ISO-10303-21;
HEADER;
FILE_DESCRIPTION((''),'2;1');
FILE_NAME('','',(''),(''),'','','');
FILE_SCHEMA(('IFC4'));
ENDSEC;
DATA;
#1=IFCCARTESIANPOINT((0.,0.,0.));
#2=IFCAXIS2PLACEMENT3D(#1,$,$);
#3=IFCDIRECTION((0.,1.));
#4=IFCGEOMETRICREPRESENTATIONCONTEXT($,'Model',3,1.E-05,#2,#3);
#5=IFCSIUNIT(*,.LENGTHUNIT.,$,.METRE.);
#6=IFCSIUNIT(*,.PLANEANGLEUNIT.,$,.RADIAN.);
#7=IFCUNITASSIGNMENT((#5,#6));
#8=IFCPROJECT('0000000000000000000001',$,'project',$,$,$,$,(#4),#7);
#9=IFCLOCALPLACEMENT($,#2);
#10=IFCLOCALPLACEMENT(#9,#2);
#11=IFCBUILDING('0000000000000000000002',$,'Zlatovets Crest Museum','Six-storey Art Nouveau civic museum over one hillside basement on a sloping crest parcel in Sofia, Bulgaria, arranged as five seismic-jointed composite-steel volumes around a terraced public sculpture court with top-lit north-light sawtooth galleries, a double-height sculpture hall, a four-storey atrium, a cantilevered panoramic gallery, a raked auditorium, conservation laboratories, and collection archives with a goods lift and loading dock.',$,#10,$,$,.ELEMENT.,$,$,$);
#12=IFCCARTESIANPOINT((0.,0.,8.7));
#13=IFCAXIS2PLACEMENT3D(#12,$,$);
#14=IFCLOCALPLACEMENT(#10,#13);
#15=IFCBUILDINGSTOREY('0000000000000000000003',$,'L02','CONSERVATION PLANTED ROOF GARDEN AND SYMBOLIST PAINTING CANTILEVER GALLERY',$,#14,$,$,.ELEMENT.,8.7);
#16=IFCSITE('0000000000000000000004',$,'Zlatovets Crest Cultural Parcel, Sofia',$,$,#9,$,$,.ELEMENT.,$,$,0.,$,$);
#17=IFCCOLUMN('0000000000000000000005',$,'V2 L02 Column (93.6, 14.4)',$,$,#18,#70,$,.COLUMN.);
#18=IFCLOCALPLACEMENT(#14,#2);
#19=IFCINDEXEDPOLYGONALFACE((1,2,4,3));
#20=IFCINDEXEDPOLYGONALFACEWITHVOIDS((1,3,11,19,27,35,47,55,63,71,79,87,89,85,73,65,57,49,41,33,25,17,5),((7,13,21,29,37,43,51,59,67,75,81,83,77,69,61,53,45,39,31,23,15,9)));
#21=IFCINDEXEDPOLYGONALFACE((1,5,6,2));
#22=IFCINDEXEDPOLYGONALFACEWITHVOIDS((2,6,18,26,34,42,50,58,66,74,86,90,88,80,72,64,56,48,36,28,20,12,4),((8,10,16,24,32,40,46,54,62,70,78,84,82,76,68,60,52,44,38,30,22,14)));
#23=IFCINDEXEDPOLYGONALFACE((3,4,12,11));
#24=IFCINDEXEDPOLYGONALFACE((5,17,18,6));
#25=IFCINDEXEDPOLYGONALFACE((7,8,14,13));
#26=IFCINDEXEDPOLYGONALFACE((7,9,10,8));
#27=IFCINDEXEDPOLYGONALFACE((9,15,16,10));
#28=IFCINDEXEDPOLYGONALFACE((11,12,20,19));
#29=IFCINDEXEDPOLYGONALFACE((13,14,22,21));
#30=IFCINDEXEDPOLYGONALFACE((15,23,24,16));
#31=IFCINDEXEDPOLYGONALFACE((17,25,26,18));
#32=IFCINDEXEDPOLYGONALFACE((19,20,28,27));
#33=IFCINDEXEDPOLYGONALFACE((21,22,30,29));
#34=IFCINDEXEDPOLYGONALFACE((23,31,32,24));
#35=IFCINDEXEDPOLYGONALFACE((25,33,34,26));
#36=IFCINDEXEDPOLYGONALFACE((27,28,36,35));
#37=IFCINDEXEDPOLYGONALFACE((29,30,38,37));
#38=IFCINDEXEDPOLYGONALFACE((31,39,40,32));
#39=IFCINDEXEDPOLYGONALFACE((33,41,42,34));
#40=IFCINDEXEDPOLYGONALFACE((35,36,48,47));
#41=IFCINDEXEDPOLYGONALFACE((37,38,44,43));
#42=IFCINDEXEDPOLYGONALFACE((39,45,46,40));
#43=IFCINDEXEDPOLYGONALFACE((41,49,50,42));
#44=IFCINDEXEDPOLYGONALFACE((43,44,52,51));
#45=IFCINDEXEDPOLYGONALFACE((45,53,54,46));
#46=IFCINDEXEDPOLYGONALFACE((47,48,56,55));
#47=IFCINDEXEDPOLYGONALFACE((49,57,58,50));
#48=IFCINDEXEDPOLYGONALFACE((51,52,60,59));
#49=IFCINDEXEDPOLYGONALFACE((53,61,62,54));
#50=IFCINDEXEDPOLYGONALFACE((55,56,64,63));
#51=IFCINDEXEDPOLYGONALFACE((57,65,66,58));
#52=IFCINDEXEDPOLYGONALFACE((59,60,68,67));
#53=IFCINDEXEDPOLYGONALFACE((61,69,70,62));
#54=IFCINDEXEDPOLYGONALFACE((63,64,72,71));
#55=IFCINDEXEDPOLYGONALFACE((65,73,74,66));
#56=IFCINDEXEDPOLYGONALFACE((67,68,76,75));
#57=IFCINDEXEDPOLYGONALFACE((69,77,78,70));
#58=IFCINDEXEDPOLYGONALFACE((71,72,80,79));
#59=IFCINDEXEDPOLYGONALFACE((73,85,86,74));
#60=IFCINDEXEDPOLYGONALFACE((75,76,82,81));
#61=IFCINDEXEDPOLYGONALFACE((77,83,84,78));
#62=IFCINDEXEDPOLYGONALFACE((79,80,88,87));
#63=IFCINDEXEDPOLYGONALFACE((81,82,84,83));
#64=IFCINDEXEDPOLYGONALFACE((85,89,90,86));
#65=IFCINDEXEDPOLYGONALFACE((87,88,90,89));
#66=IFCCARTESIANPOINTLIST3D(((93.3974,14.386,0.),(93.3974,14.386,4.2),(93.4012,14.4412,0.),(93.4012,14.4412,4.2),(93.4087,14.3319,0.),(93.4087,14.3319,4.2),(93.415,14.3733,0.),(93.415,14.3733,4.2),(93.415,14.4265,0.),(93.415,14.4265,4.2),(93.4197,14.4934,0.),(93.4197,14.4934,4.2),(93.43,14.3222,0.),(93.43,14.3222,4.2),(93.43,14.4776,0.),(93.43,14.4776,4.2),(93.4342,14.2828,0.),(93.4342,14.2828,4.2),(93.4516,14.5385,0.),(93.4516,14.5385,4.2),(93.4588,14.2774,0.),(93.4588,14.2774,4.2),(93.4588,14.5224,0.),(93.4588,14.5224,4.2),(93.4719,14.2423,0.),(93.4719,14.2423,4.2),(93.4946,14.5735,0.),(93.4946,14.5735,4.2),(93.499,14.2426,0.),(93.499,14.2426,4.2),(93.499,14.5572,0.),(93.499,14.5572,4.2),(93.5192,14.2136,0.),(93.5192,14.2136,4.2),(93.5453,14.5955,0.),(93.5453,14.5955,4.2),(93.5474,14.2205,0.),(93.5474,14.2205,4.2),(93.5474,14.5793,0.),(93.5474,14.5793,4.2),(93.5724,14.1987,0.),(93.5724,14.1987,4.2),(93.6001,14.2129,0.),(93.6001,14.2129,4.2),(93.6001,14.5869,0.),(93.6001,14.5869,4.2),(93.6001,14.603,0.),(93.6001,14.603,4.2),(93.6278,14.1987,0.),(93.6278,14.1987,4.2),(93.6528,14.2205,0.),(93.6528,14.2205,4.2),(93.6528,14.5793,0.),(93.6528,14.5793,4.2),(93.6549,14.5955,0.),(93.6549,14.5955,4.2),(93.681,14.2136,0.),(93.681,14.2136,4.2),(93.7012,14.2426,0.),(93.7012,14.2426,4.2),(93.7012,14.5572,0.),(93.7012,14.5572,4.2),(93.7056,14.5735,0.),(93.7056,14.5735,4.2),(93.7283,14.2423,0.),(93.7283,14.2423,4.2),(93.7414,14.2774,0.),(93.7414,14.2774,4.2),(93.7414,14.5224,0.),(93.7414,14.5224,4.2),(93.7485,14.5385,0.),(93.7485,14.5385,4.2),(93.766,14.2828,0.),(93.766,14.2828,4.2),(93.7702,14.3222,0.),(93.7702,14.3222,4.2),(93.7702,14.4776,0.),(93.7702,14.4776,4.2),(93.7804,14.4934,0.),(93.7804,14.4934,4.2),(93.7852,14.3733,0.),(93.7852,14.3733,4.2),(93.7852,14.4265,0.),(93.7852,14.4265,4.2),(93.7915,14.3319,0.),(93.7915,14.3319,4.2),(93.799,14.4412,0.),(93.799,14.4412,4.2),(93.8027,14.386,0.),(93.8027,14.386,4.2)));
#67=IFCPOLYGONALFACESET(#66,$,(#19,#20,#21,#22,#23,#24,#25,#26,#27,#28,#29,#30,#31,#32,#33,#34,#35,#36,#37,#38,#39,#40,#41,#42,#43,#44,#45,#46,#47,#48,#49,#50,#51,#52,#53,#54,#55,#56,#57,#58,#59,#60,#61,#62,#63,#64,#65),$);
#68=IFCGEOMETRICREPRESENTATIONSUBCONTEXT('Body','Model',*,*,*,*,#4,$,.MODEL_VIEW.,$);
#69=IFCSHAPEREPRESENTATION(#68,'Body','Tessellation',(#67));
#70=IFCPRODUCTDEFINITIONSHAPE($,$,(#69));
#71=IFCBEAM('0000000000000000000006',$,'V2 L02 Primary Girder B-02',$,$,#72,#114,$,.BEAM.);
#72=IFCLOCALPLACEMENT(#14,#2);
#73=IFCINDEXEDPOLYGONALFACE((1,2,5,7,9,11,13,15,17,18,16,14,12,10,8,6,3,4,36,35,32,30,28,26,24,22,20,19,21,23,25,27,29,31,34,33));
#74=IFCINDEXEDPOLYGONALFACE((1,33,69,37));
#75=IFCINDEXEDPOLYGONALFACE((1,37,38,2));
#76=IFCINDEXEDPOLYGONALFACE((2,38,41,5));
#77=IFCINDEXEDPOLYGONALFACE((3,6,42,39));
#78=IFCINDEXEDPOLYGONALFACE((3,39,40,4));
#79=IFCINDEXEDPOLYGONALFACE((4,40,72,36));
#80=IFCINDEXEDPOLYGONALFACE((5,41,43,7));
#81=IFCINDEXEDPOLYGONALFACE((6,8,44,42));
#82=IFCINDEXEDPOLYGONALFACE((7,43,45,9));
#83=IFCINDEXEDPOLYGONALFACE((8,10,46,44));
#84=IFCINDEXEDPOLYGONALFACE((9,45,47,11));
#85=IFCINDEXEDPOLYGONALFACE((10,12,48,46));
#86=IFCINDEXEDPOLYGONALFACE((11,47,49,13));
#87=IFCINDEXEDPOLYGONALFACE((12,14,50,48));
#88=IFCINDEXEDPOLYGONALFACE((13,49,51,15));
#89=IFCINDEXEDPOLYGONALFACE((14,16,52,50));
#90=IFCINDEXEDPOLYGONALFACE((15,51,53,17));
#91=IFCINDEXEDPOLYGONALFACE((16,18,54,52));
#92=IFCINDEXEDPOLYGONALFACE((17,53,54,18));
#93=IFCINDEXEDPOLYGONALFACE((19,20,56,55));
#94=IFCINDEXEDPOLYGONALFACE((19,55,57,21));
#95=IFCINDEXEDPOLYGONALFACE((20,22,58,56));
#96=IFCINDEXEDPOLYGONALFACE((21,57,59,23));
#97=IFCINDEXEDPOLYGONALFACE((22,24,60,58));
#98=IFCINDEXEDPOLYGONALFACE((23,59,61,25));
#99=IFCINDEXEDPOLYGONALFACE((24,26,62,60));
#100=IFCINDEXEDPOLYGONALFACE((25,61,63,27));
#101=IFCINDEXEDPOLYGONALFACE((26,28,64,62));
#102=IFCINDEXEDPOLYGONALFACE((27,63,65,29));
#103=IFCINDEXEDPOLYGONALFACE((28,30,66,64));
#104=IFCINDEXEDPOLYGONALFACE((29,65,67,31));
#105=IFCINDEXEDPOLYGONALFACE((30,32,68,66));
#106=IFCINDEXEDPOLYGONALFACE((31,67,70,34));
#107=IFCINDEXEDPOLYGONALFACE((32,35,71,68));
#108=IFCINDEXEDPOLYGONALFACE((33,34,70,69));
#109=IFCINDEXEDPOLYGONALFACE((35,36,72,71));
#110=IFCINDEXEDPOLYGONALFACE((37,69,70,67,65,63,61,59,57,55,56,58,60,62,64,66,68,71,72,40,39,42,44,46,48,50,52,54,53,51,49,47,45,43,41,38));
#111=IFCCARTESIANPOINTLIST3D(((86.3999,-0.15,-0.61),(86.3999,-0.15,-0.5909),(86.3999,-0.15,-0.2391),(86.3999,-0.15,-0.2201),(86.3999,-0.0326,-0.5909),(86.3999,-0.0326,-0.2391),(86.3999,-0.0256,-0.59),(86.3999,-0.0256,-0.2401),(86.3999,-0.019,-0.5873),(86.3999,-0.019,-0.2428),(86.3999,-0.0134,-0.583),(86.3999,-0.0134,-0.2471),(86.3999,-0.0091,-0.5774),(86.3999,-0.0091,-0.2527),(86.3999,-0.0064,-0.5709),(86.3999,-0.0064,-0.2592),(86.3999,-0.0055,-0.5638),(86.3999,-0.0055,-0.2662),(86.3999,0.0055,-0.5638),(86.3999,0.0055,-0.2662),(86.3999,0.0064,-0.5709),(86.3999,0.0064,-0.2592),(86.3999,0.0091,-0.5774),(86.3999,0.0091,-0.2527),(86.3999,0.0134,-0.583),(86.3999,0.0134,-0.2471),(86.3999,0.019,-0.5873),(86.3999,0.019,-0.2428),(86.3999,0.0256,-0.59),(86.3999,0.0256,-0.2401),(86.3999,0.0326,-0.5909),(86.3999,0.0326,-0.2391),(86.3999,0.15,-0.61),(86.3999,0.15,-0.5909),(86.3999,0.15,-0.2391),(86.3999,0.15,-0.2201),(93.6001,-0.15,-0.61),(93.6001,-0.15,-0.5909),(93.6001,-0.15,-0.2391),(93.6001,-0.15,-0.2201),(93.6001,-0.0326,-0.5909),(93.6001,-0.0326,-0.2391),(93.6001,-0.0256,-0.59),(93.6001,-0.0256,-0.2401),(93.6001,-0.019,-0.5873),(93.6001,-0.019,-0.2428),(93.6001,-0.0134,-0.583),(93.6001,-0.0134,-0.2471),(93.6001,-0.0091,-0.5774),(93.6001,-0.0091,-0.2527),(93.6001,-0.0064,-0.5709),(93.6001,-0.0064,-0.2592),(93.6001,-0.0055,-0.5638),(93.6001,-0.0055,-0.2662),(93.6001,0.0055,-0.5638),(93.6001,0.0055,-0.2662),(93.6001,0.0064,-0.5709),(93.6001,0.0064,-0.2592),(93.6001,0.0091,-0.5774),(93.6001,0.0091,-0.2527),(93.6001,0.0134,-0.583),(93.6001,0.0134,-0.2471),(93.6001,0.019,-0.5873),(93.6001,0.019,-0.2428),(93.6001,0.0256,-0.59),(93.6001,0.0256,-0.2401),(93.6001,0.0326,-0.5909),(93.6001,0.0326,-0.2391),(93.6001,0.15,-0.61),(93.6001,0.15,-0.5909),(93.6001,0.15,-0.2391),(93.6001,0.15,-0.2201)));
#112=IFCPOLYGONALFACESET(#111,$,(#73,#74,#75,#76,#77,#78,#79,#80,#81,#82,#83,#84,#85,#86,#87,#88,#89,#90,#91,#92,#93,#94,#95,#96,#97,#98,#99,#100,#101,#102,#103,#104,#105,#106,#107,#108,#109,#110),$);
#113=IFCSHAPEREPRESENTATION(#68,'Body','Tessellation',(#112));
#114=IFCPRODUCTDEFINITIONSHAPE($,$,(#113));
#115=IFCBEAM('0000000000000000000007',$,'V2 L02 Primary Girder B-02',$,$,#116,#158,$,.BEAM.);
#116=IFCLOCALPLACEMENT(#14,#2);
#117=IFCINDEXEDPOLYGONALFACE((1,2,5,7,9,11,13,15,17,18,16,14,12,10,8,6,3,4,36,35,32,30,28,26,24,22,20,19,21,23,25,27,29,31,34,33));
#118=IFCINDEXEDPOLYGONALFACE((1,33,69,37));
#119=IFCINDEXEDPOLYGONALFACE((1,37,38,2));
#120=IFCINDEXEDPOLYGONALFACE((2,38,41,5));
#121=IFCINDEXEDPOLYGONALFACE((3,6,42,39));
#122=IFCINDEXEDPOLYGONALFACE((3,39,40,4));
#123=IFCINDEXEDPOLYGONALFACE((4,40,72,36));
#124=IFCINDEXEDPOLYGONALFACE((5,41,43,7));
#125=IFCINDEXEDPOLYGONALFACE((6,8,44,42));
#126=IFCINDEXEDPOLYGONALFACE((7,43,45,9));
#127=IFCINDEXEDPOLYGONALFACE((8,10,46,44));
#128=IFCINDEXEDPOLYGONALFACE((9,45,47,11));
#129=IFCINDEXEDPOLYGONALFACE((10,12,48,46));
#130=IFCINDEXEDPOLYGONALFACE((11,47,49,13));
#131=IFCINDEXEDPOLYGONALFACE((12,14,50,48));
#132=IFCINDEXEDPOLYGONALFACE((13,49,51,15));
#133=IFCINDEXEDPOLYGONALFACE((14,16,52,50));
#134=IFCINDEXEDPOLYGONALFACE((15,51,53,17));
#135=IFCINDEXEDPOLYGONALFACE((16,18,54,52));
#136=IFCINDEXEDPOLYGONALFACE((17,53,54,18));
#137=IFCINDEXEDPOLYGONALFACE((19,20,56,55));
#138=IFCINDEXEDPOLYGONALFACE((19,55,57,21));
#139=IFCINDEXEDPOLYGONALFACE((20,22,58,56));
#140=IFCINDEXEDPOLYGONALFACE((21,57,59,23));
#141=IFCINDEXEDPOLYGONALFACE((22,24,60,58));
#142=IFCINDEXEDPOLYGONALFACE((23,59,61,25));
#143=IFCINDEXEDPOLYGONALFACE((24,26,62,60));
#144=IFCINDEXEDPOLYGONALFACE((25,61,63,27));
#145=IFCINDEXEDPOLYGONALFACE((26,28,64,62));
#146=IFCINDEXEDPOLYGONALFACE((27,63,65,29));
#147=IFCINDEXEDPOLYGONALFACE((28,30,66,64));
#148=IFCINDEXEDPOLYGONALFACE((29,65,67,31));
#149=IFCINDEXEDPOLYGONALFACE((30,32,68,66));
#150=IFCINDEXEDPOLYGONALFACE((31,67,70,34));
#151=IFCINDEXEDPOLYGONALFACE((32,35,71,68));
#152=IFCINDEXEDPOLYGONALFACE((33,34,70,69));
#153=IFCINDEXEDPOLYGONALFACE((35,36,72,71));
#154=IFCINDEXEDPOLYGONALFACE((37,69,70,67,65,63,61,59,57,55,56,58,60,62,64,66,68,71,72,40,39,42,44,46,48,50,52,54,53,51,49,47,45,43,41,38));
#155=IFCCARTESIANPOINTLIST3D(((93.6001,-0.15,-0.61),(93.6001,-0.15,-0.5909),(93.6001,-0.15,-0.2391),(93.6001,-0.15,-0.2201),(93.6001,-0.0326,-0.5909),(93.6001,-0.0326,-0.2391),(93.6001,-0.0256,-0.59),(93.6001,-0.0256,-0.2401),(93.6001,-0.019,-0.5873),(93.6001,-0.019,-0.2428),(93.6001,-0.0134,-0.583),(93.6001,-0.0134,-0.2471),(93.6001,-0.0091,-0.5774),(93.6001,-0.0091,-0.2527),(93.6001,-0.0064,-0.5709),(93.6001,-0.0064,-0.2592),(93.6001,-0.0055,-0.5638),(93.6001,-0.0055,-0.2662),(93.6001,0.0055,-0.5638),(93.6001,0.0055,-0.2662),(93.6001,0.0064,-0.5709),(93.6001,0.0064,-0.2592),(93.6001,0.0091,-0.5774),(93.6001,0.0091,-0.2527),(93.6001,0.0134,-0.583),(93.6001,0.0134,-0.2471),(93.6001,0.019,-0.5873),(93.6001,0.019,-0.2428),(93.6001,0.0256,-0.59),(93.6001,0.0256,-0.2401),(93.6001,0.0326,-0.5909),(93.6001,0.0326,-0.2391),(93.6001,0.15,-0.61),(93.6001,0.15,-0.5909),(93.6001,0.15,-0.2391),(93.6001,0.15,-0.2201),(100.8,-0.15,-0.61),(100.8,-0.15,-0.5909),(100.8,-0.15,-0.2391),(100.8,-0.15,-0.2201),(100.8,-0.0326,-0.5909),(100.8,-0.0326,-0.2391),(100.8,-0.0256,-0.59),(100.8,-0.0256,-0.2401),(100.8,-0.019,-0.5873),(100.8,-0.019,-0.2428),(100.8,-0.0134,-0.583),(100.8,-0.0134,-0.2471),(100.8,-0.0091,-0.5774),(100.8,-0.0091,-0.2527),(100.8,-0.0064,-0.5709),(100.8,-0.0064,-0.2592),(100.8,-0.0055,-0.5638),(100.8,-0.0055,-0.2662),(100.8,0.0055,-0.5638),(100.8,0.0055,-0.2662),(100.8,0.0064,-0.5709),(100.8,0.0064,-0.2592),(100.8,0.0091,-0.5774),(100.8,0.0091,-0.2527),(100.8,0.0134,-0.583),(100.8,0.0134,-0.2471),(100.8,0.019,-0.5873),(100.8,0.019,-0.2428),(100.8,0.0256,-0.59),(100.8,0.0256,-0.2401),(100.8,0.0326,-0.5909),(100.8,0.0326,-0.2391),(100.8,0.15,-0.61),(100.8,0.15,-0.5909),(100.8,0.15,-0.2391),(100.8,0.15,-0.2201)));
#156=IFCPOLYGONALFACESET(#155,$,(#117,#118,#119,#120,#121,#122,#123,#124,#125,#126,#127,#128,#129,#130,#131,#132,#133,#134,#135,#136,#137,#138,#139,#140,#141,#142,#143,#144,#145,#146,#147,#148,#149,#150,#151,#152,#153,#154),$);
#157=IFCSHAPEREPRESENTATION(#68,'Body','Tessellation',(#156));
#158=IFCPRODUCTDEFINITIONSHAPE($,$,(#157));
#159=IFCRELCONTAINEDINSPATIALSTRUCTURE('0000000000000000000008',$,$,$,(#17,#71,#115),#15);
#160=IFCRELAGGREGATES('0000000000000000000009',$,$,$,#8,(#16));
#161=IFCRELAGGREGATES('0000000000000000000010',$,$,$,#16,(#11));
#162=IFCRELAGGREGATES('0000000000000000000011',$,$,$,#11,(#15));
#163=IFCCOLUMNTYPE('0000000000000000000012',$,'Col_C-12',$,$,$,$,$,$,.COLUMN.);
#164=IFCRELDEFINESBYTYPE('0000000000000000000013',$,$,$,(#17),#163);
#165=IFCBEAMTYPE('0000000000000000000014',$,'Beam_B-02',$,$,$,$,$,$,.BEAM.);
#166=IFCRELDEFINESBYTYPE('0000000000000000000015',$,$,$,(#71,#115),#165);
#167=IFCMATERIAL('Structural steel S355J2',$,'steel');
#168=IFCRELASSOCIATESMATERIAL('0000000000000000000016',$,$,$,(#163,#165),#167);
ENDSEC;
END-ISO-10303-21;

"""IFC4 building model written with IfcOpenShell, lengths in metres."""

from ifc_helpers import new_model, si_unit, direction, frame, origin, origin_2d, place, context, subcontext, project, spatial, hollow_circle, i_section, extrude, material, material_profile, profile_set, type_object, element, save


model = new_model("IFC4")

# Units and contexts
model_context = context("Model", 3, precision=1e-05, world=origin(), true_north=direction((0.0, 1.0)))
body_context = subcontext(model_context, "Body", "Model", "MODEL_VIEW")
ifc_project = project(units=[si_unit("LENGTHUNIT", "METRE"), si_unit("PLANEANGLEUNIT", "RADIAN")], contexts=[model_context])

# Site, building, storey
site_placement = place(None, origin())
site = spatial("IfcSite", under=ifc_project, at=site_placement, Name="Zlatovets Crest Cultural Parcel, Sofia", CompositionType="ELEMENT", RefElevation=0.0)
building_placement = place(site_placement, origin())
building = spatial("IfcBuilding", under=site, at=building_placement, Name="Zlatovets Crest Museum", Description="Six-storey Art Nouveau civic museum over one hillside basement on a sloping crest parcel in Sofia, Bulgaria, arranged as five seismic-jointed composite-steel volumes around a terraced public sculpture court with top-lit north-light sawtooth galleries, a double-height sculpture hall, a four-storey atrium, a cantilevered panoramic gallery, a raked auditorium, conservation laboratories, and collection archives with a goods lift and loading dock.", CompositionType="ELEMENT")
storey_placement = place(building_placement, frame((0.0, 0.0, 8.7)))
storey = spatial("IfcBuildingStorey", under=building, at=storey_placement, Name="L02", Description="CONSERVATION PLANTED ROOF GARDEN AND SYMBOLIST PAINTING CANTILEVER GALLERY", CompositionType="ELEMENT", Elevation=8.7)

# Column
ifc_material_1 = material(Name="Structural steel S355J2", Category="steel")
ifc_material_profile_1 = material_profile(ifc_material_1, hollow_circle(Radius=0.2031, WallThickness=0.0161, at=origin_2d()), Name="CHS 406.4x16.0")
ifc_profile_set_1 = profile_set([ifc_material_profile_1], Name="Structural steel S355J2")
column_type_1 = type_object("IfcColumnType", Name="Col_C-12", PredefinedType="COLUMN", material=ifc_profile_set_1)
for number, where, z_axis, x_axis, name in (
    (1, (93.6001, 14.3999, 0.0), (0.0, 0.0, 1.0), (0.0, 1.0, 0.0), "V2 L02 Column (93.6, 14.4)"),
):
    element("IfcColumn", number, at=place(storey_placement, frame(where, z_axis=z_axis, x_axis=x_axis)), inside=storey, type_object=column_type_1, Name=name, PredefinedType="COLUMN", context=body_context, shape_type="SweptSolid", body=[
        extrude(hollow_circle(Radius=0.2031, WallThickness=0.0161, at=origin_2d()), origin(), (0.0, 0.0, 1.0), 4.2),
    ])

# Beams
ifc_material_profile_2 = material_profile(ifc_material_1, i_section(OverallWidth=0.3, OverallDepth=0.3899, WebThickness=0.011, FlangeThickness=0.019, FilletRadius=0.0271, at=origin_2d()), Name="HEA 400")
ifc_profile_set_2 = profile_set([ifc_material_profile_2], Name="Structural steel S355J2")
beam_type_1 = type_object("IfcBeamType", Name="Beam_B-02", PredefinedType="BEAM", material=ifc_profile_set_2)
beam_1_placement = place(storey_placement, frame((86.3999, 0.0, -0.415), z_axis=(1.0, 0.0, 0.0), x_axis=(0.0, 1.0, 0.0)))
element("IfcBeam", 2, at=beam_1_placement, inside=storey, type_object=beam_type_1, Name="V2 L02 Primary Girder B-02", PredefinedType="BEAM", context=body_context, shape_type="SweptSolid", body=[
    extrude(i_section(OverallWidth=0.3, OverallDepth=0.3899, WebThickness=0.011, FlangeThickness=0.019, FilletRadius=0.0271, at=origin_2d()), origin(), (0.0, 0.0, 1.0), 7.2002),
])
beam_2_placement = place(storey_placement, frame((93.6001, 0.0, -0.415), z_axis=(1.0, 0.0, 0.0), x_axis=(0.0, 1.0, 0.0)))
element("IfcBeam", 3, at=beam_2_placement, inside=storey, type_object=beam_type_1, Name="V2 L02 Primary Girder B-02", PredefinedType="BEAM", context=body_context, shape_type="SweptSolid", body=[
    extrude(i_section(OverallWidth=0.3, OverallDepth=0.3899, WebThickness=0.011, FlangeThickness=0.019, FilletRadius=0.0271, at=origin_2d()), origin(), (0.0, 0.0, 1.0), 7.2),
])

save(model, "model.ifc")
